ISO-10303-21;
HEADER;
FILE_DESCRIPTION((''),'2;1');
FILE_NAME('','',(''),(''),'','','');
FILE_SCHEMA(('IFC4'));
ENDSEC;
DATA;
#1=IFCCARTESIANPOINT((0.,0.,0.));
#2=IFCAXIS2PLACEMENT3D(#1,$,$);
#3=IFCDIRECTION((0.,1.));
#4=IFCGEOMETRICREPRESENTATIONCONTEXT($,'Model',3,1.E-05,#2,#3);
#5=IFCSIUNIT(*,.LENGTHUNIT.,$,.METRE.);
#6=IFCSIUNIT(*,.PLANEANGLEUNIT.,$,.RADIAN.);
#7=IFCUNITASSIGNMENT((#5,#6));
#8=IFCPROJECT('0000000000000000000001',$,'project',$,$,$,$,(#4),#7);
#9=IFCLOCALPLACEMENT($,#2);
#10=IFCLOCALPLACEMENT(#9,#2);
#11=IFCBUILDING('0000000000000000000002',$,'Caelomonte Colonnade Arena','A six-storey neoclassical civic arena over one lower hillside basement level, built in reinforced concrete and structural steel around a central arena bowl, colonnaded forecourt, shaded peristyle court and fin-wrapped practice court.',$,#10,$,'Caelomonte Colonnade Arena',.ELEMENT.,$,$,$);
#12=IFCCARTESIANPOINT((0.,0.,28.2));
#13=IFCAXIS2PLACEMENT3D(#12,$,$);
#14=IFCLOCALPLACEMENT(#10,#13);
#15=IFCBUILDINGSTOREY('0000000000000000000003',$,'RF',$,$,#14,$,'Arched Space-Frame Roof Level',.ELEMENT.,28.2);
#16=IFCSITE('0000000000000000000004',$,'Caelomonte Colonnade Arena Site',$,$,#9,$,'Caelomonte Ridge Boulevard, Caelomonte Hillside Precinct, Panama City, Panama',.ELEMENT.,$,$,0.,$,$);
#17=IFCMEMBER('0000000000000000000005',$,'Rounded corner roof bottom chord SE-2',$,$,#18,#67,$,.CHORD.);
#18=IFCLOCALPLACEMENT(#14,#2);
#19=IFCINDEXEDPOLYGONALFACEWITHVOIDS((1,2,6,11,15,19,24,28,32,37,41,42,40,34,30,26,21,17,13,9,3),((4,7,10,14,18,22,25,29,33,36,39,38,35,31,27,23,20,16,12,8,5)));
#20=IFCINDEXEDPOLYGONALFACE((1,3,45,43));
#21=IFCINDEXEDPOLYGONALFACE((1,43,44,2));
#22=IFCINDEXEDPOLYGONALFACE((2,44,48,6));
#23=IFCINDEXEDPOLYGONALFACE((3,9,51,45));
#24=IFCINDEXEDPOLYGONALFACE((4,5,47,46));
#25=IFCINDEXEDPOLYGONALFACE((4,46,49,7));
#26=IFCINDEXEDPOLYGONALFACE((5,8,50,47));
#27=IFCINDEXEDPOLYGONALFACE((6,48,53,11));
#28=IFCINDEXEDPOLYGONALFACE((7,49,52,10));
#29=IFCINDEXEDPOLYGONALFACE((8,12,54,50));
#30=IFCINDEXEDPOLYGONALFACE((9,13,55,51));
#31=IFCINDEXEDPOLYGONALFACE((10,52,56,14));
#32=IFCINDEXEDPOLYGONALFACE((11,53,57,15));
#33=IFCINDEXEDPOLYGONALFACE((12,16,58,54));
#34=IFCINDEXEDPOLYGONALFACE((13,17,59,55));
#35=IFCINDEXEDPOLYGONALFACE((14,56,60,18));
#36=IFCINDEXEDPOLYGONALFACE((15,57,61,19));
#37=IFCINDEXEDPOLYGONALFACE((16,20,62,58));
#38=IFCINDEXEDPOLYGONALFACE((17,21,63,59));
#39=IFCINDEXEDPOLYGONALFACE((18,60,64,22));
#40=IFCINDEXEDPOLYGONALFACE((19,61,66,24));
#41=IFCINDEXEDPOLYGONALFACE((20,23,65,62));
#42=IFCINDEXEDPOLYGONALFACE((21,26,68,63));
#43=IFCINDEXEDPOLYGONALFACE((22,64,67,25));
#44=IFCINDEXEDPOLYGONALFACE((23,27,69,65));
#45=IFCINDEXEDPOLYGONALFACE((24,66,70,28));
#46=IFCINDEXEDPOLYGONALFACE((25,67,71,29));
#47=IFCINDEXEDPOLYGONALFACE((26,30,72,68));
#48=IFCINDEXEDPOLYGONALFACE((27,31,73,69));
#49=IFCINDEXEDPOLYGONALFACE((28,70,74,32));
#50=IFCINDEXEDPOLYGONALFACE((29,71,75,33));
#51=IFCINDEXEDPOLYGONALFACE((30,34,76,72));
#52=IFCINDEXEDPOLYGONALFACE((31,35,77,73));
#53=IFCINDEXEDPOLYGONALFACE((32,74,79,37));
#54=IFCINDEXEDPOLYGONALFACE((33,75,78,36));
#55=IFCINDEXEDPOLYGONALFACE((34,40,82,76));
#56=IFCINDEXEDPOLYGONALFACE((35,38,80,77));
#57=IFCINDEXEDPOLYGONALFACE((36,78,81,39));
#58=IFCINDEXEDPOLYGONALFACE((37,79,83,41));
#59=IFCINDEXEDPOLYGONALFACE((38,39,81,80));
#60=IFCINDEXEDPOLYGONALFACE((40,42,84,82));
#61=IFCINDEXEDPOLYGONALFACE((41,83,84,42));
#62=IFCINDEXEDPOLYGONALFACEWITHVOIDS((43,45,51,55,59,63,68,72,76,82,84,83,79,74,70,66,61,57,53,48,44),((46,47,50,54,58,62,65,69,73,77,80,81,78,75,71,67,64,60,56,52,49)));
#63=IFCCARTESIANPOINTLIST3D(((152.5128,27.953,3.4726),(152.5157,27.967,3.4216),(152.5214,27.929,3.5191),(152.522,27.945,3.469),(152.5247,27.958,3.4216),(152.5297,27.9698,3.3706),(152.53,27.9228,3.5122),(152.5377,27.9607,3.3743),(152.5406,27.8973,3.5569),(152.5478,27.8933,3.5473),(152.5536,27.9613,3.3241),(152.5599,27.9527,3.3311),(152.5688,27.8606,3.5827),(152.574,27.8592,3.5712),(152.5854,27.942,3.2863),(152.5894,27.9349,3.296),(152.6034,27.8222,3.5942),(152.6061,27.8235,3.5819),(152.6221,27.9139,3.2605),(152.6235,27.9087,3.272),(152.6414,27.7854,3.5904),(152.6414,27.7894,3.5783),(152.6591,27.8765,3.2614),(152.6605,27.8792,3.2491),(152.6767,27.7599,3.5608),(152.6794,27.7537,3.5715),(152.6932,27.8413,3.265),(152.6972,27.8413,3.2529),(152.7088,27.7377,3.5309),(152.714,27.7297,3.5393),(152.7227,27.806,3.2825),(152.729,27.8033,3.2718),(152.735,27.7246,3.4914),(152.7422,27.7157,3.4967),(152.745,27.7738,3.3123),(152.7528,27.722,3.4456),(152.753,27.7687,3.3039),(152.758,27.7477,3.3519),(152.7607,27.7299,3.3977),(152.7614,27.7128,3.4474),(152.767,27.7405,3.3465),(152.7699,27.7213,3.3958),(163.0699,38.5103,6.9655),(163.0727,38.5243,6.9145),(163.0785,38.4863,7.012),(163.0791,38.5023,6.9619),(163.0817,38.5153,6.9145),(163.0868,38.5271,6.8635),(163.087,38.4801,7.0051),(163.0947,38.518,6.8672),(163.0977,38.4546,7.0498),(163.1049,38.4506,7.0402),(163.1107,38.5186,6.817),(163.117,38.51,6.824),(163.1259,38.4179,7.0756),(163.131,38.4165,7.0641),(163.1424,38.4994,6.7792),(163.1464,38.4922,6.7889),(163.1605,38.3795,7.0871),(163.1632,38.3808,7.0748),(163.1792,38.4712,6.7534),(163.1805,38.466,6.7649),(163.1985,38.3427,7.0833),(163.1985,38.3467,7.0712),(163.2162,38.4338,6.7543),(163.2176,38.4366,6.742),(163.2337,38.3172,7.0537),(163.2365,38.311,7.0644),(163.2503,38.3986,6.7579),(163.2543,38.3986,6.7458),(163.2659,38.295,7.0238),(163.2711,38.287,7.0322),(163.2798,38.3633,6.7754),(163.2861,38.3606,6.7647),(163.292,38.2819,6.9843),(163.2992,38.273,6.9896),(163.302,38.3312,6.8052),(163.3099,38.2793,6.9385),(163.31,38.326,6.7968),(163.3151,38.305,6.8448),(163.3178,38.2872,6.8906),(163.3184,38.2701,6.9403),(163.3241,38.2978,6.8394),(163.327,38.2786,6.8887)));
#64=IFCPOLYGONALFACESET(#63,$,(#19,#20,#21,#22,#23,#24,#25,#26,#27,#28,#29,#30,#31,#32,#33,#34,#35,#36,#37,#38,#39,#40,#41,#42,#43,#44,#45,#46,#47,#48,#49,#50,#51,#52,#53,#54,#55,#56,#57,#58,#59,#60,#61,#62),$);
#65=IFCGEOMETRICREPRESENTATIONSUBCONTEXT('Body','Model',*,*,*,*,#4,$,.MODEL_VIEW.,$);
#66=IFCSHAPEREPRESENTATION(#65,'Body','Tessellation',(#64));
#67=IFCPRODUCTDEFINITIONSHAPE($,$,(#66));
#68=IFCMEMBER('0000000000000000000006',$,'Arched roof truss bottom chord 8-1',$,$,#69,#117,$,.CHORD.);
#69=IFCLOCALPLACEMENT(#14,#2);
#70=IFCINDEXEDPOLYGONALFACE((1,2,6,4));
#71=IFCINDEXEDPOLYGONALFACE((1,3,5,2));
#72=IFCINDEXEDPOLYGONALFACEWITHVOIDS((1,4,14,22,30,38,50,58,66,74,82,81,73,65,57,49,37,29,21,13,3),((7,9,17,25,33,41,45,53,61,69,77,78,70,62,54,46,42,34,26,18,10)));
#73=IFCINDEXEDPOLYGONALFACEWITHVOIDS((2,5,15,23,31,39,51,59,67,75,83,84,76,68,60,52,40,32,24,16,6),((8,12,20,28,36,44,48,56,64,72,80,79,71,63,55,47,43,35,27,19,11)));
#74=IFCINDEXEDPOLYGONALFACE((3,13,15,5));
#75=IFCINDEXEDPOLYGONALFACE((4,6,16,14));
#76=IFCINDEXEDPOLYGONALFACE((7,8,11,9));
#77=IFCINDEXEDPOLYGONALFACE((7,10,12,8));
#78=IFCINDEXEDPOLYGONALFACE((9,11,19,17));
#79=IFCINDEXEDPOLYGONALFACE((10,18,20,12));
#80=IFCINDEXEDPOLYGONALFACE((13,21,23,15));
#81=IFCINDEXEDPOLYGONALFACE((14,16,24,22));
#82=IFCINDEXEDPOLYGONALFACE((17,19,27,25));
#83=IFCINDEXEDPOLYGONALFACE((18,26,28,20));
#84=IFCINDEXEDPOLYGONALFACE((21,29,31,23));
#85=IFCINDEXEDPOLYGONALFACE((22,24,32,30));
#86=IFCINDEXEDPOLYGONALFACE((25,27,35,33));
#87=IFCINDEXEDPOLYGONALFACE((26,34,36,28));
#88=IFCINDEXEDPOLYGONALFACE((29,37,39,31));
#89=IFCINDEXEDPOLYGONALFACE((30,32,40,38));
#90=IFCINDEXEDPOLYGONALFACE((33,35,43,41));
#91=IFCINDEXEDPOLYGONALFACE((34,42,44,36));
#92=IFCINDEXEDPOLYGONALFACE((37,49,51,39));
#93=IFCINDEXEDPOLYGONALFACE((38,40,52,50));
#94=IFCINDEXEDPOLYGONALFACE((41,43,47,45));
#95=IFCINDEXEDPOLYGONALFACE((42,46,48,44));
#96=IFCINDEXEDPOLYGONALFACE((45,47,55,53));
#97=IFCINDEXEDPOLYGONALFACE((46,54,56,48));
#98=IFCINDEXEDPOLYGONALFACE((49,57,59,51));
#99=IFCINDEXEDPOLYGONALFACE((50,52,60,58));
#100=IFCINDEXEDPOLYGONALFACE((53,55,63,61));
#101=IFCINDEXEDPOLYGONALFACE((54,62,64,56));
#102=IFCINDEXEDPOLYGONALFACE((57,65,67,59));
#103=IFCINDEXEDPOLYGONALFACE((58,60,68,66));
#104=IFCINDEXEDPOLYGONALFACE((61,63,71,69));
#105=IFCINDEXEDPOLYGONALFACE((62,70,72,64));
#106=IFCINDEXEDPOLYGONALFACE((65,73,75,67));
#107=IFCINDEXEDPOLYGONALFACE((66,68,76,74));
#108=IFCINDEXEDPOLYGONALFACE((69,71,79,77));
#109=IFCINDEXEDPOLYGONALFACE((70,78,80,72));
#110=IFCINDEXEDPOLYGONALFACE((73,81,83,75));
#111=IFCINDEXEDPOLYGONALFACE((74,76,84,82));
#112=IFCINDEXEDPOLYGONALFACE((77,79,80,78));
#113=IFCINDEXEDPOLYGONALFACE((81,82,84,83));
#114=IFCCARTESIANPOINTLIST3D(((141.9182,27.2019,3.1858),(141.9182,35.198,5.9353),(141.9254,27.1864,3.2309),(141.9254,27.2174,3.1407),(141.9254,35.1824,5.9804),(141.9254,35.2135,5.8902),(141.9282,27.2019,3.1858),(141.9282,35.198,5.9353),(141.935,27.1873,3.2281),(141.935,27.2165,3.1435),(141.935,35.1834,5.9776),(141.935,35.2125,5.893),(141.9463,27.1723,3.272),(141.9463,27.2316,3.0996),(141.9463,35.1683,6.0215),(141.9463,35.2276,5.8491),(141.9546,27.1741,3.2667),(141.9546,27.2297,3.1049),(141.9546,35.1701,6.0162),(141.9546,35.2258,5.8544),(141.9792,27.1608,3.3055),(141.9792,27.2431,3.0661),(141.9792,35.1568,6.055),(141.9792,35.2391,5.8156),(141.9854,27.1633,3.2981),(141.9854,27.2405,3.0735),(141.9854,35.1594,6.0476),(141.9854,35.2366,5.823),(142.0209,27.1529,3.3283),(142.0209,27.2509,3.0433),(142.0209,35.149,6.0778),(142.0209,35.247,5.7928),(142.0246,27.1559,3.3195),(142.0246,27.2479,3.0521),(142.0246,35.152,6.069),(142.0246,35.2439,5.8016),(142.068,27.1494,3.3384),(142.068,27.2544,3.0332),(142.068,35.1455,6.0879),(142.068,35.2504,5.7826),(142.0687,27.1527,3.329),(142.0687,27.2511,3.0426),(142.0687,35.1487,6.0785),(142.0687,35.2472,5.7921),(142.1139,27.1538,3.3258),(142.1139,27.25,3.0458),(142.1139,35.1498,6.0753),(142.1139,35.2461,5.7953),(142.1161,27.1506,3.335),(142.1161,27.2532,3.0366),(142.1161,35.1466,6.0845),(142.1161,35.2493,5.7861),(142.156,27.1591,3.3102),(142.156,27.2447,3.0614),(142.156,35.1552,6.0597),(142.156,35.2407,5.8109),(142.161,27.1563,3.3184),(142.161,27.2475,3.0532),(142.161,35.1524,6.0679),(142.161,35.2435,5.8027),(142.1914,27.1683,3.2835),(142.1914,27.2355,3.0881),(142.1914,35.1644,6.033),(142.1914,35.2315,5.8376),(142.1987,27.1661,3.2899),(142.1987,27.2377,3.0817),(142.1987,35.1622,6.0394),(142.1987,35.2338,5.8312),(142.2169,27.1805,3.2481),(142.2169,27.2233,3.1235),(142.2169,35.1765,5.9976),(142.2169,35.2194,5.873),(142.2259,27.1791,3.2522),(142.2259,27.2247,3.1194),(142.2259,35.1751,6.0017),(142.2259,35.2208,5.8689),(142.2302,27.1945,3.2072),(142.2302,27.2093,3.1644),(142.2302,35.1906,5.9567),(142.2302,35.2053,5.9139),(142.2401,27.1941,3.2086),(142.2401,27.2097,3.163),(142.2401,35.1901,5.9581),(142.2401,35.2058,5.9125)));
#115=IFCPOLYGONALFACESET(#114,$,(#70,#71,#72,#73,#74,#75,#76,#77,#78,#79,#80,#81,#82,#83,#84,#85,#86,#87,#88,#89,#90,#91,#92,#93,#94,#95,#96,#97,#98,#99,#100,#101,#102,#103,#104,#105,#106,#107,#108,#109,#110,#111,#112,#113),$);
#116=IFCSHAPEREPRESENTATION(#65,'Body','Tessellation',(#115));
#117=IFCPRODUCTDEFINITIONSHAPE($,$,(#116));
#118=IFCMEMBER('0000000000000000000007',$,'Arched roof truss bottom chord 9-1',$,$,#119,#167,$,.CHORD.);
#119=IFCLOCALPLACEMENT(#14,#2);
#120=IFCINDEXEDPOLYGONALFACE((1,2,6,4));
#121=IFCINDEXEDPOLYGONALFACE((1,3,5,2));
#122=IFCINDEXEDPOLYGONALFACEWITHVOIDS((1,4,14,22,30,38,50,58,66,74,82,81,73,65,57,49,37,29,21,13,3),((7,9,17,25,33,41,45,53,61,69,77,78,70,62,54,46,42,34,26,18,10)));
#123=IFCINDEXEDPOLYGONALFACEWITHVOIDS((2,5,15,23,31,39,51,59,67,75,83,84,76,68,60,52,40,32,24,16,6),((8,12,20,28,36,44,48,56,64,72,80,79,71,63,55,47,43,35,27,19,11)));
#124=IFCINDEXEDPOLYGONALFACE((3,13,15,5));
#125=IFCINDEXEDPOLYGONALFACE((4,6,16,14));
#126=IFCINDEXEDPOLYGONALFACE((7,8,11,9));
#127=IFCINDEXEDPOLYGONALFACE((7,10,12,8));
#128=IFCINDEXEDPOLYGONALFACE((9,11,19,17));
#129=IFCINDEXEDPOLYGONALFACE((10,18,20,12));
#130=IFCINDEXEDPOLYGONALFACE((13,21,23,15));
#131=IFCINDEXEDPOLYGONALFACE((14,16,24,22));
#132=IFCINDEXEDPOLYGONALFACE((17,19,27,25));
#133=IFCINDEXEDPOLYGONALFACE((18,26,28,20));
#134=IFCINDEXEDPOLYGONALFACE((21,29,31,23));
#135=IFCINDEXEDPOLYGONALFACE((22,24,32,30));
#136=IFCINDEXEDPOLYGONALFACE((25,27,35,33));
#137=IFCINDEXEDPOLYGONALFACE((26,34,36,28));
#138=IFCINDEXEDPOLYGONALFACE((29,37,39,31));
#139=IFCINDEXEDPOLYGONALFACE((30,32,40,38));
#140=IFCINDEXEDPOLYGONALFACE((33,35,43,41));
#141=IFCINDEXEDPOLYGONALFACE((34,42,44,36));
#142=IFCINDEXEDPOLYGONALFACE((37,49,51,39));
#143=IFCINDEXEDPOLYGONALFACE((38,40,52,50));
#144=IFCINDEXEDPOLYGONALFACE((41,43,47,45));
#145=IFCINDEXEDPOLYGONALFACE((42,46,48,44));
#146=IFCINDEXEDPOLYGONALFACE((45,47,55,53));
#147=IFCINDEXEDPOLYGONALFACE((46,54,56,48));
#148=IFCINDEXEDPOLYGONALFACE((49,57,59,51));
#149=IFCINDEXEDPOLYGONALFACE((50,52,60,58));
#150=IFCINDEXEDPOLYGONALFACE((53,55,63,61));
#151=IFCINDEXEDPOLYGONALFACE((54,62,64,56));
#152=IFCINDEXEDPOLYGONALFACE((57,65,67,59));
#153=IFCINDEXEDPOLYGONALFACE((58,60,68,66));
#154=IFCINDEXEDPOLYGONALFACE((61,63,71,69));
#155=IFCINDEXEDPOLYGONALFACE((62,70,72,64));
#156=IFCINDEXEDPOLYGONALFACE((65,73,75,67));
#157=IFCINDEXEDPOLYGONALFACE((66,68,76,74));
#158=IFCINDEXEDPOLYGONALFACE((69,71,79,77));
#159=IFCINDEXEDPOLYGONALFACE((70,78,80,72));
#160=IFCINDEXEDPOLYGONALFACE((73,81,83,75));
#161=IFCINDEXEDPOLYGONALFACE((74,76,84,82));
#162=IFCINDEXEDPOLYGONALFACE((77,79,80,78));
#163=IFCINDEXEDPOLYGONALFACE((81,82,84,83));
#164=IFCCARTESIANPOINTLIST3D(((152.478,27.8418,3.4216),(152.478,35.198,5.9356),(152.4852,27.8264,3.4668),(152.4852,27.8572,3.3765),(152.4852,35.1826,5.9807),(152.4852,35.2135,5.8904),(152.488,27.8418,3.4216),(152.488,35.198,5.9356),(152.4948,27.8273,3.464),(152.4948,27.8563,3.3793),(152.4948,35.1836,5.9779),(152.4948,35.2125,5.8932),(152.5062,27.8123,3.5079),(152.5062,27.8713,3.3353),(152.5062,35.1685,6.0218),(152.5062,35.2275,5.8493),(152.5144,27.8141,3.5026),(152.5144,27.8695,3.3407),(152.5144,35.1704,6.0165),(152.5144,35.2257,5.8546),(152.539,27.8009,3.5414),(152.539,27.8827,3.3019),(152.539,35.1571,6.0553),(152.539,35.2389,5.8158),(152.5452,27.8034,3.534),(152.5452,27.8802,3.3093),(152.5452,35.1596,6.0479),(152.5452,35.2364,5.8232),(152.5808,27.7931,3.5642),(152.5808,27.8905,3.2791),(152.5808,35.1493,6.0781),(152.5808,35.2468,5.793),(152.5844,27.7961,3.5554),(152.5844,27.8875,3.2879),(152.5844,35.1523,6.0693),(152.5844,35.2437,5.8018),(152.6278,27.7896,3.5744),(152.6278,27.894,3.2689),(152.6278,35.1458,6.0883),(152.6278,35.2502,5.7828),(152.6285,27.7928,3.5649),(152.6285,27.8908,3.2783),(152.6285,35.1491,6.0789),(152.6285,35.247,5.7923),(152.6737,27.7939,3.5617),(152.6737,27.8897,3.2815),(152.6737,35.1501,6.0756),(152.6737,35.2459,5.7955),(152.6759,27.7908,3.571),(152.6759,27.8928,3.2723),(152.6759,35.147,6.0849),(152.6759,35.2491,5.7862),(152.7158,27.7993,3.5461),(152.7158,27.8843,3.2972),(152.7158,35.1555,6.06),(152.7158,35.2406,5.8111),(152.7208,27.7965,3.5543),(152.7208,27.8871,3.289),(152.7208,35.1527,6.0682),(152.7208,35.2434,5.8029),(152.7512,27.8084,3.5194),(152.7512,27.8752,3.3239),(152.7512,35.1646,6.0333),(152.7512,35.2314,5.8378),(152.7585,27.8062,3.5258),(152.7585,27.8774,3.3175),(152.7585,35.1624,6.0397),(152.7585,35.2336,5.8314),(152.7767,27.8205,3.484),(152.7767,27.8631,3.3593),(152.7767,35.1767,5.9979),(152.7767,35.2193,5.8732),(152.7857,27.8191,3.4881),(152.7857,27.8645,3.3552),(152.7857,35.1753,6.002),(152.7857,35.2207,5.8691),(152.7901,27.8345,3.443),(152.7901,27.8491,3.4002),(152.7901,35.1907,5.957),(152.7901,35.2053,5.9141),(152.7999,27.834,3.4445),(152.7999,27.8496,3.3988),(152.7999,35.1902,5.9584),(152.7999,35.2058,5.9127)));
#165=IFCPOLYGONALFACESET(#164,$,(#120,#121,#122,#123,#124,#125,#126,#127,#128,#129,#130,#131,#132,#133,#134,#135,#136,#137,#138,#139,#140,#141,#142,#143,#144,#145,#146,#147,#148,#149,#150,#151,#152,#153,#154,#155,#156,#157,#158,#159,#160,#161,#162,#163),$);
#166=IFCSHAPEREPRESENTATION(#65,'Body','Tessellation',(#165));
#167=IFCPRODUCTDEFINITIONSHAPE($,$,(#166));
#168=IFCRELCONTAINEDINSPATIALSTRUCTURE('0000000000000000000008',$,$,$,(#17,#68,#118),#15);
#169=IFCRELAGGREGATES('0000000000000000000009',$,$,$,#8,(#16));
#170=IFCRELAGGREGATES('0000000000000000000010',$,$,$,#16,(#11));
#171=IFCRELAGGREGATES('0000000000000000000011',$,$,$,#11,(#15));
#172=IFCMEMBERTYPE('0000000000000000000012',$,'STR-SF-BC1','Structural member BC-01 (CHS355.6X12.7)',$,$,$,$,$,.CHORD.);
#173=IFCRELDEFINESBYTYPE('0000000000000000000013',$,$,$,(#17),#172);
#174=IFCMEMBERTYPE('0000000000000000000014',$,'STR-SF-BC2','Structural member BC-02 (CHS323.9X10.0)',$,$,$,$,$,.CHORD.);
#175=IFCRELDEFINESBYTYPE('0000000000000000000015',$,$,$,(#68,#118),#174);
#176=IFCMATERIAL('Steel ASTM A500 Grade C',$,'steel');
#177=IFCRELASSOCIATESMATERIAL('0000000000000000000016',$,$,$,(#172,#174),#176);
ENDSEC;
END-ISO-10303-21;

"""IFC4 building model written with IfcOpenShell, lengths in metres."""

from ifc_helpers import new_model, si_unit, direction, frame, origin, origin_2d, place, context, subcontext, project, spatial, hollow_circle, extrude, material, material_profile, profile_set, type_object, element, save


model = new_model("IFC4")

# Units and contexts
model_context = context("Model", 3, precision=1e-05, world=origin(), true_north=direction((0.0, 1.0)))
body_context = subcontext(model_context, "Body", "Model", "MODEL_VIEW")
ifc_project = project(units=[si_unit("LENGTHUNIT", "METRE"), si_unit("PLANEANGLEUNIT", "RADIAN")], contexts=[model_context])

# Site, building, storey
site_placement = place(None, origin())
site = spatial("IfcSite", under=ifc_project, at=site_placement, Name="Caelomonte Colonnade Arena Site", LongName="Caelomonte Ridge Boulevard, Caelomonte Hillside Precinct, Panama City, Panama", CompositionType="ELEMENT", RefElevation=0.0)
building_placement = place(site_placement, origin())
building = spatial("IfcBuilding", under=site, at=building_placement, Name="Caelomonte Colonnade Arena", Description="A six-storey neoclassical civic arena over one lower hillside basement level, built in reinforced concrete and structural steel around a central arena bowl, colonnaded forecourt, shaded peristyle court and fin-wrapped practice court.", LongName="Caelomonte Colonnade Arena", CompositionType="ELEMENT")
storey_placement = place(building_placement, frame((0.0, 0.0, 28.2)))
storey = spatial("IfcBuildingStorey", under=building, at=storey_placement, Name="RF", LongName="Arched Space-Frame Roof Level", CompositionType="ELEMENT", Elevation=28.2)

# Members
ifc_material_1 = material(Name="Steel ASTM A500 Grade C", Category="steel")
ifc_material_profile_1 = material_profile(ifc_material_1, hollow_circle(Radius=0.1777, WallThickness=0.0127, at=origin_2d()), Name="CHS355.6X12.7")
ifc_profile_set_1 = profile_set([ifc_material_profile_1], Name="Steel ASTM A500 Grade C")
member_type_1 = type_object("IfcMemberType", Name="STR-SF-BC1", Description="Structural member BC-01 (CHS355.6X12.7)", PredefinedType="CHORD", material=ifc_profile_set_1)
member_1_placement = place(storey_placement, frame((152.6414, 27.8413, 3.4216), z_axis=(0.688508, 0.688524, 0.227799), x_axis=(-0.707115, 0.707099, 0.0)))
element("IfcMember", 1, at=member_1_placement, inside=storey, type_object=member_type_1, Name="Rounded corner roof bottom chord SE-2", PredefinedType="CHORD", context=body_context, shape_type="SweptSolid", body=[
    extrude(hollow_circle(Radius=0.1777, WallThickness=0.0127, at=origin_2d()), origin(), (0.0, 0.0, 1.0), 15.3333),
])
ifc_material_profile_2 = material_profile(ifc_material_1, hollow_circle(Radius=0.1619, WallThickness=0.01, at=origin_2d()), Name="CHS323.9X10.0")
ifc_profile_set_2 = profile_set([ifc_material_profile_2], Name="Steel ASTM A500 Grade C")
member_type_2 = type_object("IfcMemberType", Name="STR-SF-BC2", Description="Structural member BC-02 (CHS323.9X10.0)", PredefinedType="CHORD", material=ifc_profile_set_2)
member_2_placement = place(storey_placement, frame((142.0801, 27.2019, 3.1858), z_axis=(0.0, 0.945656, 0.32517), x_axis=(-1.0, 0.0, 0.0)))
element("IfcMember", 2, at=member_2_placement, inside=storey, type_object=member_type_2, Name="Arched roof truss bottom chord 8-1", PredefinedType="CHORD", context=body_context, shape_type="SweptSolid", body=[
    extrude(hollow_circle(Radius=0.1619, WallThickness=0.01, at=origin_2d()), origin(), (0.0, 0.0, 1.0), 8.4556),
])
member_3_placement = place(storey_placement, frame((152.6399, 27.8418, 3.4216), z_axis=(0.0, 0.946269, 0.323379), x_axis=(-1.0, 0.0, 0.0)))
element("IfcMember", 3, at=member_3_placement, inside=storey, type_object=member_type_2, Name="Arched roof truss bottom chord 9-1", PredefinedType="CHORD", context=body_context, shape_type="SweptSolid", body=[
    extrude(hollow_circle(Radius=0.1619, WallThickness=0.01, at=origin_2d()), origin(), (0.0, 0.0, 1.0), 7.7739),
])

save(model, "model.ifc")
